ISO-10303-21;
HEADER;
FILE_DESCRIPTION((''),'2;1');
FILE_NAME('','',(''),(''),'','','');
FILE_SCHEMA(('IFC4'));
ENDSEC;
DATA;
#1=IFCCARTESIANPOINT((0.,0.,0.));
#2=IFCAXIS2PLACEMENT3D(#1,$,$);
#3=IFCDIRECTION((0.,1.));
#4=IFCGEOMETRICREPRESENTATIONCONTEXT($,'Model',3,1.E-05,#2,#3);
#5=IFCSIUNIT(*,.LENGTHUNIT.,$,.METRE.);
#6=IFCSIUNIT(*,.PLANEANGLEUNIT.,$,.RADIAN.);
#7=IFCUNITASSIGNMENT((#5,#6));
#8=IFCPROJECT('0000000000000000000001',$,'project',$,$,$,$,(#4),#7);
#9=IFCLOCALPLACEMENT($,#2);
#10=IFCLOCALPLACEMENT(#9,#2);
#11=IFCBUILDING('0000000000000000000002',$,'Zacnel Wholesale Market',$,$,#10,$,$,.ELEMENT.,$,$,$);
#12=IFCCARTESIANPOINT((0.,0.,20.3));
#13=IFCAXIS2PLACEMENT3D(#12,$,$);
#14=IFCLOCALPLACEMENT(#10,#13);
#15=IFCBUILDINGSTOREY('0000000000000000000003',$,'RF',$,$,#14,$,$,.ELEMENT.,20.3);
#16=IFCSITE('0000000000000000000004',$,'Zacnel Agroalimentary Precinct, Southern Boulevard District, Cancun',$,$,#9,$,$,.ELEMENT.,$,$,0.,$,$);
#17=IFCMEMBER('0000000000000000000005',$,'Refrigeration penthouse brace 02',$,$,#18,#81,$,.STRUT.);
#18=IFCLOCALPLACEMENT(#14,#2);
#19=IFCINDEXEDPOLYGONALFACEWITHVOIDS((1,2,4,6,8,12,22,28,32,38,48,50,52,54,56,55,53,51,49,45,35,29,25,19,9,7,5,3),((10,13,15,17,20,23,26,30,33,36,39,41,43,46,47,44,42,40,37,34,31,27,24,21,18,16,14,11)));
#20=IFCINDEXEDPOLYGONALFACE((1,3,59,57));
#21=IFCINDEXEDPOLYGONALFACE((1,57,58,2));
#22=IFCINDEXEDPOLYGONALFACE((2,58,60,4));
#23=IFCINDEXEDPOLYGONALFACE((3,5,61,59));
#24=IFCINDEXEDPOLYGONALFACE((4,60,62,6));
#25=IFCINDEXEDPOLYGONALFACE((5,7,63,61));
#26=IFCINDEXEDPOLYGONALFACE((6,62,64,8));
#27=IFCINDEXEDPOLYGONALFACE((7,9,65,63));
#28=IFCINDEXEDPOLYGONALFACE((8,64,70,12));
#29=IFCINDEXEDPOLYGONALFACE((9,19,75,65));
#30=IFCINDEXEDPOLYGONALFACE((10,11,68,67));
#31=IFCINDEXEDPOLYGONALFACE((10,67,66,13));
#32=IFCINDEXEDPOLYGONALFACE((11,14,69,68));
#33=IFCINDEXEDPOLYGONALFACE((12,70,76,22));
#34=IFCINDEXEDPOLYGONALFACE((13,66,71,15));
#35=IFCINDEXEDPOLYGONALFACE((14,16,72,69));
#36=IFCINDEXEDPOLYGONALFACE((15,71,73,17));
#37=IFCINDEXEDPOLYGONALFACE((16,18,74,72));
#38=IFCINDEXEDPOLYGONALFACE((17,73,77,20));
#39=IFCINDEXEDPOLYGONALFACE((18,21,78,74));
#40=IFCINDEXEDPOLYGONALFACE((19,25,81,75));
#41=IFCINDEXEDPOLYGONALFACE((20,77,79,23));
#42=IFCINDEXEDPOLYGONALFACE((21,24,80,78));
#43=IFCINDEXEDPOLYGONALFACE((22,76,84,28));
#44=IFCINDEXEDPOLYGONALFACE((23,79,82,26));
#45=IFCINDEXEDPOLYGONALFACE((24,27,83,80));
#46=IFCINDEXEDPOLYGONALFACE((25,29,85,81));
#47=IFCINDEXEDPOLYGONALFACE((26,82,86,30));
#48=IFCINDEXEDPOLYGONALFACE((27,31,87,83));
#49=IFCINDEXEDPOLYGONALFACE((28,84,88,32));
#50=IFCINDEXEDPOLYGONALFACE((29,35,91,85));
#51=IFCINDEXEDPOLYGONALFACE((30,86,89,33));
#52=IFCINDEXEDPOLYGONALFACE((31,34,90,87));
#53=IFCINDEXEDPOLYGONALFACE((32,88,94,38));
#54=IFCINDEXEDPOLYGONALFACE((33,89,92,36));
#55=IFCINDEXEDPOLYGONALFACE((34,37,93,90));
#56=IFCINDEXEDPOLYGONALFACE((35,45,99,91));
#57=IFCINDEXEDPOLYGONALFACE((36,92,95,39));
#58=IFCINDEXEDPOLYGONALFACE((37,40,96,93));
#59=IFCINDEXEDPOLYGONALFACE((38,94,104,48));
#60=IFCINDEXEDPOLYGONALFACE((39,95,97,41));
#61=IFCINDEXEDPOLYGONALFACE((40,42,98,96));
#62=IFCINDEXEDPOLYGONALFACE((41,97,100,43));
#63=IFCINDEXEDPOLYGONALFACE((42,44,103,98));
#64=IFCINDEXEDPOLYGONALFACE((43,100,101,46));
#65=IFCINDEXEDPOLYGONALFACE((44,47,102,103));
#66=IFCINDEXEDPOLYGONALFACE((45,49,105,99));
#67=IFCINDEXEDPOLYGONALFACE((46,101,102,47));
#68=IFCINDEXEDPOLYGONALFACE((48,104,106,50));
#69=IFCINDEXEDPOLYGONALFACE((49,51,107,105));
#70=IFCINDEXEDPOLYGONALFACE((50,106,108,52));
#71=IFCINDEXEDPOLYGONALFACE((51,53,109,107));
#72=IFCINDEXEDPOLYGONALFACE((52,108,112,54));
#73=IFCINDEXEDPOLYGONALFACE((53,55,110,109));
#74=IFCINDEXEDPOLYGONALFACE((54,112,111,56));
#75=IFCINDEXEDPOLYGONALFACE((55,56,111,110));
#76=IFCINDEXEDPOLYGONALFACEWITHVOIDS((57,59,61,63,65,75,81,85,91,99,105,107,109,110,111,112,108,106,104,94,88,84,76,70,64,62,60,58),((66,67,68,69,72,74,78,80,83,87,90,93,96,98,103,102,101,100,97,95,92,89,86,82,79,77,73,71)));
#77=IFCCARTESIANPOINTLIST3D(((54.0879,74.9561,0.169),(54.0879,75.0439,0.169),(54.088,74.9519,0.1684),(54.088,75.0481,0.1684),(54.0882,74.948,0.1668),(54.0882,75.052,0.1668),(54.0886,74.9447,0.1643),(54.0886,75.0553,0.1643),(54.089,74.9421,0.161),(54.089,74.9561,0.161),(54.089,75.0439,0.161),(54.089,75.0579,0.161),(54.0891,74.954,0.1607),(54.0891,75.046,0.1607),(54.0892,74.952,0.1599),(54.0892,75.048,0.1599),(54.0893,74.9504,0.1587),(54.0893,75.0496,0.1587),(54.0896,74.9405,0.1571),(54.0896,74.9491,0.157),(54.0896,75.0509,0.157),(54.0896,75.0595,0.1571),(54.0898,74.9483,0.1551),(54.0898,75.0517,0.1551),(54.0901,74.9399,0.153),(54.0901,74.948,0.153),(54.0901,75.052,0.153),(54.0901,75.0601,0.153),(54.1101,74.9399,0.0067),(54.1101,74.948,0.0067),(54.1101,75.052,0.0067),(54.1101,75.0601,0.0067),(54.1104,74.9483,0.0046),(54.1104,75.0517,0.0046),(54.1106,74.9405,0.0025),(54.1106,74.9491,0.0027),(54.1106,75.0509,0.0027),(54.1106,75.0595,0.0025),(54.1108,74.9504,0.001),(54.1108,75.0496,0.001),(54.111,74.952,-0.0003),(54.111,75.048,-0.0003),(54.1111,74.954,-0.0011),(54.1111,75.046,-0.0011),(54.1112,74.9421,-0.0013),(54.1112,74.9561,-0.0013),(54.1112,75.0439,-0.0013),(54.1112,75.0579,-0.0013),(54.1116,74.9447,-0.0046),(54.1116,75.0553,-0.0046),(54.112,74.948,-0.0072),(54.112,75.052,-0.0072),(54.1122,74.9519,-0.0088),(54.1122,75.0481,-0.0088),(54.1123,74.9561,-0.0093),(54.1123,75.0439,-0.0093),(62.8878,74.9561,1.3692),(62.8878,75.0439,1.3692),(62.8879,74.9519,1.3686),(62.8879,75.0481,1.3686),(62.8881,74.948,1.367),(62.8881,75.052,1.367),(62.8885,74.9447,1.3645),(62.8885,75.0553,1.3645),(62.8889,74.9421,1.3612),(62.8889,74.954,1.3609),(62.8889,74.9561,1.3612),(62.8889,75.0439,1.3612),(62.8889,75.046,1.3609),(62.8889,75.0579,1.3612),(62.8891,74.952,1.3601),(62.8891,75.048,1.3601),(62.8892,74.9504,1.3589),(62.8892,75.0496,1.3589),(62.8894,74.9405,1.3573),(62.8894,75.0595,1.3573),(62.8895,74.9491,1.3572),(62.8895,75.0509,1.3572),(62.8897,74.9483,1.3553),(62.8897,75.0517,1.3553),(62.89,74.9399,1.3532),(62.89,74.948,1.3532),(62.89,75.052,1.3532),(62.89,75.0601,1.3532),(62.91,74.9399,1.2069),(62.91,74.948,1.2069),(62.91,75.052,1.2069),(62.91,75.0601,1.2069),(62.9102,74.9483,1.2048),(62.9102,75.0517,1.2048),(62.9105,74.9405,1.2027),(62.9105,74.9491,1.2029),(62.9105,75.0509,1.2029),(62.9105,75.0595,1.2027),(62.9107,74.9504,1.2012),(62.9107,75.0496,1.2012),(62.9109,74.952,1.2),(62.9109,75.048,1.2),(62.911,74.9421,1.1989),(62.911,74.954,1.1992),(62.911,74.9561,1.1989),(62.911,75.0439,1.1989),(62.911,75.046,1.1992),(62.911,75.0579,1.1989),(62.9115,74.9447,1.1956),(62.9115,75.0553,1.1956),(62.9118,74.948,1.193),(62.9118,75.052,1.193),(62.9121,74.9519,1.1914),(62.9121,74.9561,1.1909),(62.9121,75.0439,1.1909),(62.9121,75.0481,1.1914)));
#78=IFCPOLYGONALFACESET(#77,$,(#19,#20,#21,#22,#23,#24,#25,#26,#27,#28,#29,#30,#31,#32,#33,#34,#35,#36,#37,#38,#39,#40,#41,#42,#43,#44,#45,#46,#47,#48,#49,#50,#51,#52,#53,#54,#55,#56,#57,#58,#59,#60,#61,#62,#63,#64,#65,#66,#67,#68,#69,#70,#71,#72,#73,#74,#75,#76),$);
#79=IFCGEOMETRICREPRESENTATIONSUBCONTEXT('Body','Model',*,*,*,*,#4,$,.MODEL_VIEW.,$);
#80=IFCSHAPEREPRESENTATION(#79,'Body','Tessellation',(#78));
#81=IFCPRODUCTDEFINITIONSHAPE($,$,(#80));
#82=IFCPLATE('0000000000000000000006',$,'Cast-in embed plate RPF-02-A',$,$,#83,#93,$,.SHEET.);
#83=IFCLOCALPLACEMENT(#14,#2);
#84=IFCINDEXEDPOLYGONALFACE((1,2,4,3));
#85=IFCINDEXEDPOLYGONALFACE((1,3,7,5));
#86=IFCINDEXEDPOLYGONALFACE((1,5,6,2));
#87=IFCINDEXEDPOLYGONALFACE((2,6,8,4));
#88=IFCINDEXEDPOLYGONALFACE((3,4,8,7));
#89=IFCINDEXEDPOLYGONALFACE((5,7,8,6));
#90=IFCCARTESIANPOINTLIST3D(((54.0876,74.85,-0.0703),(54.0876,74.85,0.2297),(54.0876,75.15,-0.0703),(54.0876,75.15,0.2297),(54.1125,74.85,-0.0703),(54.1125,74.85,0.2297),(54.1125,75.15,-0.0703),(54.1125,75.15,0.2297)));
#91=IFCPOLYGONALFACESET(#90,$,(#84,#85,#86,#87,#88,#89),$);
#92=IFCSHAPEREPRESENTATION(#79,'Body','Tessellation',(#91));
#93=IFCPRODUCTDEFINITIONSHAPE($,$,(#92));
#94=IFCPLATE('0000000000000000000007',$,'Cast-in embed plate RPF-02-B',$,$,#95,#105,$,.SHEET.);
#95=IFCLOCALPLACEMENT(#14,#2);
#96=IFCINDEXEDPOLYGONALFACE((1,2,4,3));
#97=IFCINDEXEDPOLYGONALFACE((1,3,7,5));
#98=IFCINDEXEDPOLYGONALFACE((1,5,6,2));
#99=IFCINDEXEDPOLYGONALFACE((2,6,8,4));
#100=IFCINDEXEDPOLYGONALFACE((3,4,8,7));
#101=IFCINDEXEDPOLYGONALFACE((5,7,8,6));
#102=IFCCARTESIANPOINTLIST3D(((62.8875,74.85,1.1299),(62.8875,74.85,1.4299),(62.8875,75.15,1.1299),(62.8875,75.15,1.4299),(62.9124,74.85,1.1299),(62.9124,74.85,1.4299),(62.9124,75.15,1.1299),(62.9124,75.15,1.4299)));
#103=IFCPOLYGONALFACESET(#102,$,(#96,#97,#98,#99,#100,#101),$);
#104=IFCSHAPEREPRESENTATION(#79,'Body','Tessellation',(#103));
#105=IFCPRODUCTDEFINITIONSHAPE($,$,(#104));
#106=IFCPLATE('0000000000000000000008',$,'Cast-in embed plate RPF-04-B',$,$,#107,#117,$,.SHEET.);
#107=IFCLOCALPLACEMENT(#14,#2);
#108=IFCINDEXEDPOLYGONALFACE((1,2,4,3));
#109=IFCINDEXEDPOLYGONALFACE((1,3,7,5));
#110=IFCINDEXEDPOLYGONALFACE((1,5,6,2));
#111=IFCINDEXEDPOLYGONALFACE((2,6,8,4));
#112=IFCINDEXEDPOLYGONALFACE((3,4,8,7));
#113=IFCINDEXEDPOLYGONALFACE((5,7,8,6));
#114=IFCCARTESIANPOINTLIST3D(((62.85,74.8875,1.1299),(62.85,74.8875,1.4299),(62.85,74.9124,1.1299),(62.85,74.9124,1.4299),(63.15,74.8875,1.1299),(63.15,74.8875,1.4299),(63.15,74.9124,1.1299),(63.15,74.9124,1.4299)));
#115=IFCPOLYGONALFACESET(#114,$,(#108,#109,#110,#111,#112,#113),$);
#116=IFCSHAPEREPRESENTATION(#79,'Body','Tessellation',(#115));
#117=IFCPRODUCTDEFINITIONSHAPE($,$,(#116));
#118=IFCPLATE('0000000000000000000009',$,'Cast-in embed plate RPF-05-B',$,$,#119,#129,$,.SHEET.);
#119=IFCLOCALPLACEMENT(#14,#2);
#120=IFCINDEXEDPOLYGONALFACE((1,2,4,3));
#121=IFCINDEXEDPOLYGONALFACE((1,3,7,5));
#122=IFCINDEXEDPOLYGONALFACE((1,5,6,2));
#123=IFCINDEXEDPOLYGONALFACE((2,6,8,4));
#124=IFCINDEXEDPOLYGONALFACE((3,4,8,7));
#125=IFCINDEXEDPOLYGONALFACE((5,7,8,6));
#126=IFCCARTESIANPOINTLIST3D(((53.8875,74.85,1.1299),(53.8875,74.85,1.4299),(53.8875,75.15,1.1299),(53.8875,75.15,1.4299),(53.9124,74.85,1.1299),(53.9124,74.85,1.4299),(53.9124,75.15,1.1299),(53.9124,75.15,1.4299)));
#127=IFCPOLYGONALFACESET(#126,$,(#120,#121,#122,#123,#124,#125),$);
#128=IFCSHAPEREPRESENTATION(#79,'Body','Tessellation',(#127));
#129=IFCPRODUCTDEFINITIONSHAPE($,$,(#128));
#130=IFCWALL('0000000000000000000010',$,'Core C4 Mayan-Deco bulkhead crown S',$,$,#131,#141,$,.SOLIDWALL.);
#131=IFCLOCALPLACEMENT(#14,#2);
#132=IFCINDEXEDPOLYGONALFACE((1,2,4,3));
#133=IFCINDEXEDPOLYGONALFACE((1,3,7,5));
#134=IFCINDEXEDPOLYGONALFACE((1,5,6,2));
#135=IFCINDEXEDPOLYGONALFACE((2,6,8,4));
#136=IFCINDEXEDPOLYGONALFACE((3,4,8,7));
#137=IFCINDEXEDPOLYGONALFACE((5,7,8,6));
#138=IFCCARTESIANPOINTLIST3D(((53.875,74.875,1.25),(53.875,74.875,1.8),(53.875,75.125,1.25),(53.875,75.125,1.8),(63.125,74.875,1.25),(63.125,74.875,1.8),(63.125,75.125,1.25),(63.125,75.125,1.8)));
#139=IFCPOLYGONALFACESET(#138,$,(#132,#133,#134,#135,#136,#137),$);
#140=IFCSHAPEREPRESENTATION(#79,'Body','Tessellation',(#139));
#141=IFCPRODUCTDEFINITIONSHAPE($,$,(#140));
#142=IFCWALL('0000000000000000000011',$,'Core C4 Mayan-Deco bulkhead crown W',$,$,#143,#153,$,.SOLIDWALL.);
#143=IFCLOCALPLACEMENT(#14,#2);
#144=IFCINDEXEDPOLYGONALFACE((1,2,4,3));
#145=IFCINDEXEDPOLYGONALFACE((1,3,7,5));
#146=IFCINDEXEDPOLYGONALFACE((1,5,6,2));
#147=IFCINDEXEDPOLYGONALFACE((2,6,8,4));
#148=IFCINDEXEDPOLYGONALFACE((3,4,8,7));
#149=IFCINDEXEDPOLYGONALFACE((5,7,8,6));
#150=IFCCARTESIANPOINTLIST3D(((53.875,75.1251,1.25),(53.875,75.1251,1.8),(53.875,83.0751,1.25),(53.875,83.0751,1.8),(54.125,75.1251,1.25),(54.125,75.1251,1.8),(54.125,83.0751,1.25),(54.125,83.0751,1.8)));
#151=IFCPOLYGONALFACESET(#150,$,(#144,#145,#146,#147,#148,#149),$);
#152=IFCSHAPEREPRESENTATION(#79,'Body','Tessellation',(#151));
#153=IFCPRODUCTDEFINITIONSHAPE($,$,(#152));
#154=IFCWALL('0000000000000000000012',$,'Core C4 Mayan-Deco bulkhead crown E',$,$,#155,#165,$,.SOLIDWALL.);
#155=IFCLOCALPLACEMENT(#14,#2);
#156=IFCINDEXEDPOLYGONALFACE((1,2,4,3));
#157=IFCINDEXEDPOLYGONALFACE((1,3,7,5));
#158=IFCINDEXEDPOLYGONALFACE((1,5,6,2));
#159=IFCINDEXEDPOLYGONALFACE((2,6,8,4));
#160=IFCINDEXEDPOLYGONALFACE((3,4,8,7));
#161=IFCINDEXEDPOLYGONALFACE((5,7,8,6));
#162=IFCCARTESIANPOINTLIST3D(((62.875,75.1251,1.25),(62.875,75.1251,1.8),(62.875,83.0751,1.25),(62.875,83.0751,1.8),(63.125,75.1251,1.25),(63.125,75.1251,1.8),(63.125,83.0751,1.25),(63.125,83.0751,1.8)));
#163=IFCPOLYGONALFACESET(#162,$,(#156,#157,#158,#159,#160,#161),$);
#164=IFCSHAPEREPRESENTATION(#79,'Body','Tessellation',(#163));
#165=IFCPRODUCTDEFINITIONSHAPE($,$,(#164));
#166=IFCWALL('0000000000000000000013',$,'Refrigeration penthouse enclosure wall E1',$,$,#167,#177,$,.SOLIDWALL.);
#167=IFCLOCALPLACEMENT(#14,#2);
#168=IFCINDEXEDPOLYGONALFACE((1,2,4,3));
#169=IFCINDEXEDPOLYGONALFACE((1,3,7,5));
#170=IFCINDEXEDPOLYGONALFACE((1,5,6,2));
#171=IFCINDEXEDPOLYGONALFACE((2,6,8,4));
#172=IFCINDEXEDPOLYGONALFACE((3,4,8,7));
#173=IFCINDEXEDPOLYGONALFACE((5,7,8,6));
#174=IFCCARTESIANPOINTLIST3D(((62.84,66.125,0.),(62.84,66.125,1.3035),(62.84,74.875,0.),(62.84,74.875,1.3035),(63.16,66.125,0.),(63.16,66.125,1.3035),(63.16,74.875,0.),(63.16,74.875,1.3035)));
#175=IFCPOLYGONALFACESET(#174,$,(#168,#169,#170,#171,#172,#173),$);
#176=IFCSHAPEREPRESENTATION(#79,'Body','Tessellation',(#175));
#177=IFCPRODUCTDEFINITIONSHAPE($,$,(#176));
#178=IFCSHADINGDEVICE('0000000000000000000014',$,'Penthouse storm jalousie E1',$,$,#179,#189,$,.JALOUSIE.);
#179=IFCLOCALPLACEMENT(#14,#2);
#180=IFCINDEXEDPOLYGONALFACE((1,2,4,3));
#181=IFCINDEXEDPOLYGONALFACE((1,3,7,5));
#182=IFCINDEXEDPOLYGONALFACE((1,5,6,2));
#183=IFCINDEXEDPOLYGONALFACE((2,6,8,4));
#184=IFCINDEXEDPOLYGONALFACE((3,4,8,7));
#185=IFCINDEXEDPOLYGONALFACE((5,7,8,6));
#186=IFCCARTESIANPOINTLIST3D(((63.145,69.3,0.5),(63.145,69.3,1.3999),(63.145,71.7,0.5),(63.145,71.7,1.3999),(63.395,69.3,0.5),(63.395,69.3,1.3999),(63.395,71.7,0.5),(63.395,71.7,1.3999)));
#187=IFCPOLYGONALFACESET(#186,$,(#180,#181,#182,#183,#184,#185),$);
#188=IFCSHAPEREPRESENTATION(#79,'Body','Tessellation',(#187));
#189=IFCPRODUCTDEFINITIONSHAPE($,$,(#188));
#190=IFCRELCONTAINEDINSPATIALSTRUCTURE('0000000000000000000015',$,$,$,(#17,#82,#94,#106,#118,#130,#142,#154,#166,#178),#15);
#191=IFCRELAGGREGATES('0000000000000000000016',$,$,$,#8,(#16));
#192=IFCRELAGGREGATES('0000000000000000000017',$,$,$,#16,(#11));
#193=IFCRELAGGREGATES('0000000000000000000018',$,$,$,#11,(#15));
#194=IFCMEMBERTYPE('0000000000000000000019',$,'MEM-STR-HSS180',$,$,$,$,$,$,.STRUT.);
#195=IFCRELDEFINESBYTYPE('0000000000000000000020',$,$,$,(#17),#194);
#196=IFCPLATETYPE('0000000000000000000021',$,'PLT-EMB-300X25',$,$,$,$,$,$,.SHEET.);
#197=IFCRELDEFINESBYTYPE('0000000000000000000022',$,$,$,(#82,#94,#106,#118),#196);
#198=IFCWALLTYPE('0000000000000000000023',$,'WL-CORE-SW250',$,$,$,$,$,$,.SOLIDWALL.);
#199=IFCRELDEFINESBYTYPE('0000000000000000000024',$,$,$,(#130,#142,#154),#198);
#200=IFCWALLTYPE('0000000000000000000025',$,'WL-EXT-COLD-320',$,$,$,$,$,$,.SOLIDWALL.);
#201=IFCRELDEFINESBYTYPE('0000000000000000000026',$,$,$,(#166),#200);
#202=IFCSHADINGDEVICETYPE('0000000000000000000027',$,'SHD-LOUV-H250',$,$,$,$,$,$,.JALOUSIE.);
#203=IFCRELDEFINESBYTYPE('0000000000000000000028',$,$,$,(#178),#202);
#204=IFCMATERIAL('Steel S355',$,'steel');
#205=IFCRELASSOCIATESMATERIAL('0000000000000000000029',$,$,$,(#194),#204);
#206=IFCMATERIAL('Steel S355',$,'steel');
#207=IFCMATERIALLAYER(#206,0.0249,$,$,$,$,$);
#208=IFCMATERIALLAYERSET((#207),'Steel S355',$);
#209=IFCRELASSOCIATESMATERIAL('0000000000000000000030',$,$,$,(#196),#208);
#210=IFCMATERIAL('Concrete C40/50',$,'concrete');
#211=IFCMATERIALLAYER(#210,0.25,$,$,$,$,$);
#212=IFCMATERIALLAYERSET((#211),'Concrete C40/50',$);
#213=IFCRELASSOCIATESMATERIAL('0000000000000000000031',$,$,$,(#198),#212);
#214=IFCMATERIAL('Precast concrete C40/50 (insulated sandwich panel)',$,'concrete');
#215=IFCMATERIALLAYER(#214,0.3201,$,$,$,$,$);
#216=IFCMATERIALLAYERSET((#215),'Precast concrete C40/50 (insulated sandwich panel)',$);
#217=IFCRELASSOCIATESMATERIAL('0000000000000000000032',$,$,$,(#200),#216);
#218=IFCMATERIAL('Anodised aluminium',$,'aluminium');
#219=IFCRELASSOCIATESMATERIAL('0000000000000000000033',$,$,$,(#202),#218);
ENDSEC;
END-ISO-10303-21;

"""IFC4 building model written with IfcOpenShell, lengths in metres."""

from ifc_helpers import new_model, si_unit, direction, frame, frame_2d, origin, origin_2d, place, context, subcontext, project, spatial, rectangle, hollow_rectangle, extrude, material, layer, layer_set, material_profile, profile_set, type_object, element, save


model = new_model("IFC4")

# Units and contexts
model_context = context("Model", 3, precision=1e-05, world=origin(), true_north=direction((0.0, 1.0)))
body_context = subcontext(model_context, "Body", "Model", "MODEL_VIEW")
ifc_project = project(units=[si_unit("LENGTHUNIT", "METRE"), si_unit("PLANEANGLEUNIT", "RADIAN")], contexts=[model_context])

# Site, building, storey
site_placement = place(None, origin())
site = spatial("IfcSite", under=ifc_project, at=site_placement, Name="Zacnel Agroalimentary Precinct, Southern Boulevard District, Cancun", CompositionType="ELEMENT", RefElevation=0.0)
building_placement = place(site_placement, origin())
building = spatial("IfcBuilding", under=site, at=building_placement, Name="Zacnel Wholesale Market", CompositionType="ELEMENT")
storey_placement = place(building_placement, frame((0.0, 0.0, 20.3)))
storey = spatial("IfcBuildingStorey", under=building, at=storey_placement, Name="RF", CompositionType="ELEMENT", Elevation=20.3)

# Member
ifc_material_1 = material(Name="Steel S355", Category="steel")
ifc_material_profile_1 = material_profile(ifc_material_1, hollow_rectangle(XDim=0.1201, YDim=0.1799, WallThickness=0.0081, InnerFilletRadius=0.0081, OuterFilletRadius=0.0161, at=origin_2d()), Name="HSS 180x120x8")
ifc_profile_set_1 = profile_set([ifc_material_profile_1], Name="Steel S355")
member_type_1 = type_object("IfcMemberType", Name="MEM-STR-HSS180", PredefinedType="STRUT", material=ifc_profile_set_1)
member_1_placement = place(storey_placement, frame((54.1001, 75.0, 0.0798), z_axis=(0.990827, 0.0, 0.135138), x_axis=(0.0, 1.0, 0.0)))
element("IfcMember", 1, at=member_1_placement, inside=storey, type_object=member_type_1, Name="Refrigeration penthouse brace 02", PredefinedType="STRUT", context=body_context, shape_type="SweptSolid", body=[
    extrude(hollow_rectangle(XDim=0.1201, YDim=0.1799, WallThickness=0.0081, InnerFilletRadius=0.0081, OuterFilletRadius=0.0161, at=origin_2d()), origin(), (0.0, 0.0, 1.0), 8.8813),
])

# Plates
ifc_material_2 = material(Name="Steel S355", Category="steel")
ifc_layer_1 = layer(ifc_material_2, 0.0249)
ifc_layer_set_1 = layer_set([ifc_layer_1], Name="Steel S355")
plate_type = type_object("IfcPlateType", Name="PLT-EMB-300X25", PredefinedType="SHEET", material=ifc_layer_set_1)
for number, where, z_axis, x_axis, name in (
    (2, (54.1001, 75.0, -0.0703), (0.0, 0.0, 1.0), (0.0, 1.0, 0.0), "Cast-in embed plate RPF-02-A"),
    (3, (62.8999, 75.0, 1.1299), (0.0, 0.0, 1.0), (0.0, 1.0, 0.0), "Cast-in embed plate RPF-02-B"),
    (4, (63.0, 74.8999, 1.1299), (0.0, 0.0, 1.0), (1.0, 0.0, 0.0), "Cast-in embed plate RPF-04-B"),
    (5, (53.8999, 75.0, 1.1299), (0.0, 0.0, 1.0), (0.0, 1.0, 0.0), "Cast-in embed plate RPF-05-B"),
):
    element("IfcPlate", number, at=place(storey_placement, frame(where, z_axis=z_axis, x_axis=x_axis)), inside=storey, type_object=plate_type, Name=name, PredefinedType="SHEET", context=body_context, shape_type="SweptSolid", body=[
        extrude(rectangle(XDim=0.3, YDim=0.0249, at=origin_2d()), origin(), (0.0, 0.0, 1.0), 0.3),
    ])

# Walls
ifc_material_3 = material(Name="Concrete C40/50", Category="concrete")
ifc_layer_2 = layer(ifc_material_3, 0.25)
ifc_layer_set_2 = layer_set([ifc_layer_2], Name="Concrete C40/50")
wall_type_1 = type_object("IfcWallType", Name="WL-CORE-SW250", PredefinedType="SOLIDWALL", material=ifc_layer_set_2)
wall_1_placement = place(storey_placement, frame((53.875, 75.0, 1.25), z_axis=(0.0, 0.0, 1.0), x_axis=(1.0, 0.0, 0.0)))
element("IfcWall", 6, at=wall_1_placement, inside=storey, type_object=wall_type_1, Name="Core C4 Mayan-Deco bulkhead crown S", PredefinedType="SOLIDWALL", context=body_context, shape_type="SweptSolid", body=[
    extrude(rectangle(XDim=9.25, YDim=0.25, at=frame_2d((4.625, 0.0))), origin(), (0.0, 0.0, 1.0), 0.55),
])
for number, where, z_axis, x_axis, name in (
    (7, (54.0, 75.125, 1.25), (0.0, 0.0, 1.0), (0.0, 1.0, 0.0), "Core C4 Mayan-Deco bulkhead crown W"),
    (8, (63.0, 75.125, 1.25), (0.0, 0.0, 1.0), (0.0, 1.0, 0.0), "Core C4 Mayan-Deco bulkhead crown E"),
):
    element("IfcWall", number, at=place(storey_placement, frame(where, z_axis=z_axis, x_axis=x_axis)), inside=storey, type_object=wall_type_1, Name=name, PredefinedType="SOLIDWALL", context=body_context, shape_type="SweptSolid", body=[
        extrude(rectangle(XDim=7.95, YDim=0.25, at=frame_2d((3.9751, 0.0))), origin(), (0.0, 0.0, 1.0), 0.55),
    ])
ifc_material_4 = material(Name="Precast concrete C40/50 (insulated sandwich panel)", Category="concrete")
ifc_layer_3 = layer(ifc_material_4, 0.3201)
ifc_layer_set_3 = layer_set([ifc_layer_3], Name="Precast concrete C40/50 (insulated sandwich panel)")
wall_type_2 = type_object("IfcWallType", Name="WL-EXT-COLD-320", PredefinedType="SOLIDWALL", material=ifc_layer_set_3)
wall_2_placement = place(storey_placement, frame((63.0, 66.125, 0.0), z_axis=(0.0, 0.0, 1.0), x_axis=(0.0, 1.0, 0.0)))
element("IfcWall", 9, at=wall_2_placement, inside=storey, type_object=wall_type_2, Name="Refrigeration penthouse enclosure wall E1", PredefinedType="SOLIDWALL", context=body_context, shape_type="SweptSolid", body=[
    extrude(rectangle(XDim=8.75, YDim=0.3201, at=frame_2d((4.375, 0.0))), origin(), (0.0, 0.0, 1.0), 1.3035),
])

# Shading device
ifc_material_5 = material(Name="Anodised aluminium", Category="aluminium")
shading_device_type = type_object("IfcShadingDeviceType", Name="SHD-LOUV-H250", PredefinedType="JALOUSIE", material=ifc_material_5)
shading_device_placement = place(storey_placement, frame((63.27, 70.5, 0.5), z_axis=(0.0, 0.0, 1.0), x_axis=(0.0, 1.0, 0.0)))
element("IfcShadingDevice", 10, at=shading_device_placement, inside=storey, type_object=shading_device_type, Name="Penthouse storm jalousie E1", PredefinedType="JALOUSIE", context=body_context, shape_type="SweptSolid", body=[
    extrude(rectangle(XDim=2.3999, YDim=0.25, at=origin_2d()), origin(), (0.0, 0.0, 1.0), 0.8999),
])

save(model, "model.ifc")
